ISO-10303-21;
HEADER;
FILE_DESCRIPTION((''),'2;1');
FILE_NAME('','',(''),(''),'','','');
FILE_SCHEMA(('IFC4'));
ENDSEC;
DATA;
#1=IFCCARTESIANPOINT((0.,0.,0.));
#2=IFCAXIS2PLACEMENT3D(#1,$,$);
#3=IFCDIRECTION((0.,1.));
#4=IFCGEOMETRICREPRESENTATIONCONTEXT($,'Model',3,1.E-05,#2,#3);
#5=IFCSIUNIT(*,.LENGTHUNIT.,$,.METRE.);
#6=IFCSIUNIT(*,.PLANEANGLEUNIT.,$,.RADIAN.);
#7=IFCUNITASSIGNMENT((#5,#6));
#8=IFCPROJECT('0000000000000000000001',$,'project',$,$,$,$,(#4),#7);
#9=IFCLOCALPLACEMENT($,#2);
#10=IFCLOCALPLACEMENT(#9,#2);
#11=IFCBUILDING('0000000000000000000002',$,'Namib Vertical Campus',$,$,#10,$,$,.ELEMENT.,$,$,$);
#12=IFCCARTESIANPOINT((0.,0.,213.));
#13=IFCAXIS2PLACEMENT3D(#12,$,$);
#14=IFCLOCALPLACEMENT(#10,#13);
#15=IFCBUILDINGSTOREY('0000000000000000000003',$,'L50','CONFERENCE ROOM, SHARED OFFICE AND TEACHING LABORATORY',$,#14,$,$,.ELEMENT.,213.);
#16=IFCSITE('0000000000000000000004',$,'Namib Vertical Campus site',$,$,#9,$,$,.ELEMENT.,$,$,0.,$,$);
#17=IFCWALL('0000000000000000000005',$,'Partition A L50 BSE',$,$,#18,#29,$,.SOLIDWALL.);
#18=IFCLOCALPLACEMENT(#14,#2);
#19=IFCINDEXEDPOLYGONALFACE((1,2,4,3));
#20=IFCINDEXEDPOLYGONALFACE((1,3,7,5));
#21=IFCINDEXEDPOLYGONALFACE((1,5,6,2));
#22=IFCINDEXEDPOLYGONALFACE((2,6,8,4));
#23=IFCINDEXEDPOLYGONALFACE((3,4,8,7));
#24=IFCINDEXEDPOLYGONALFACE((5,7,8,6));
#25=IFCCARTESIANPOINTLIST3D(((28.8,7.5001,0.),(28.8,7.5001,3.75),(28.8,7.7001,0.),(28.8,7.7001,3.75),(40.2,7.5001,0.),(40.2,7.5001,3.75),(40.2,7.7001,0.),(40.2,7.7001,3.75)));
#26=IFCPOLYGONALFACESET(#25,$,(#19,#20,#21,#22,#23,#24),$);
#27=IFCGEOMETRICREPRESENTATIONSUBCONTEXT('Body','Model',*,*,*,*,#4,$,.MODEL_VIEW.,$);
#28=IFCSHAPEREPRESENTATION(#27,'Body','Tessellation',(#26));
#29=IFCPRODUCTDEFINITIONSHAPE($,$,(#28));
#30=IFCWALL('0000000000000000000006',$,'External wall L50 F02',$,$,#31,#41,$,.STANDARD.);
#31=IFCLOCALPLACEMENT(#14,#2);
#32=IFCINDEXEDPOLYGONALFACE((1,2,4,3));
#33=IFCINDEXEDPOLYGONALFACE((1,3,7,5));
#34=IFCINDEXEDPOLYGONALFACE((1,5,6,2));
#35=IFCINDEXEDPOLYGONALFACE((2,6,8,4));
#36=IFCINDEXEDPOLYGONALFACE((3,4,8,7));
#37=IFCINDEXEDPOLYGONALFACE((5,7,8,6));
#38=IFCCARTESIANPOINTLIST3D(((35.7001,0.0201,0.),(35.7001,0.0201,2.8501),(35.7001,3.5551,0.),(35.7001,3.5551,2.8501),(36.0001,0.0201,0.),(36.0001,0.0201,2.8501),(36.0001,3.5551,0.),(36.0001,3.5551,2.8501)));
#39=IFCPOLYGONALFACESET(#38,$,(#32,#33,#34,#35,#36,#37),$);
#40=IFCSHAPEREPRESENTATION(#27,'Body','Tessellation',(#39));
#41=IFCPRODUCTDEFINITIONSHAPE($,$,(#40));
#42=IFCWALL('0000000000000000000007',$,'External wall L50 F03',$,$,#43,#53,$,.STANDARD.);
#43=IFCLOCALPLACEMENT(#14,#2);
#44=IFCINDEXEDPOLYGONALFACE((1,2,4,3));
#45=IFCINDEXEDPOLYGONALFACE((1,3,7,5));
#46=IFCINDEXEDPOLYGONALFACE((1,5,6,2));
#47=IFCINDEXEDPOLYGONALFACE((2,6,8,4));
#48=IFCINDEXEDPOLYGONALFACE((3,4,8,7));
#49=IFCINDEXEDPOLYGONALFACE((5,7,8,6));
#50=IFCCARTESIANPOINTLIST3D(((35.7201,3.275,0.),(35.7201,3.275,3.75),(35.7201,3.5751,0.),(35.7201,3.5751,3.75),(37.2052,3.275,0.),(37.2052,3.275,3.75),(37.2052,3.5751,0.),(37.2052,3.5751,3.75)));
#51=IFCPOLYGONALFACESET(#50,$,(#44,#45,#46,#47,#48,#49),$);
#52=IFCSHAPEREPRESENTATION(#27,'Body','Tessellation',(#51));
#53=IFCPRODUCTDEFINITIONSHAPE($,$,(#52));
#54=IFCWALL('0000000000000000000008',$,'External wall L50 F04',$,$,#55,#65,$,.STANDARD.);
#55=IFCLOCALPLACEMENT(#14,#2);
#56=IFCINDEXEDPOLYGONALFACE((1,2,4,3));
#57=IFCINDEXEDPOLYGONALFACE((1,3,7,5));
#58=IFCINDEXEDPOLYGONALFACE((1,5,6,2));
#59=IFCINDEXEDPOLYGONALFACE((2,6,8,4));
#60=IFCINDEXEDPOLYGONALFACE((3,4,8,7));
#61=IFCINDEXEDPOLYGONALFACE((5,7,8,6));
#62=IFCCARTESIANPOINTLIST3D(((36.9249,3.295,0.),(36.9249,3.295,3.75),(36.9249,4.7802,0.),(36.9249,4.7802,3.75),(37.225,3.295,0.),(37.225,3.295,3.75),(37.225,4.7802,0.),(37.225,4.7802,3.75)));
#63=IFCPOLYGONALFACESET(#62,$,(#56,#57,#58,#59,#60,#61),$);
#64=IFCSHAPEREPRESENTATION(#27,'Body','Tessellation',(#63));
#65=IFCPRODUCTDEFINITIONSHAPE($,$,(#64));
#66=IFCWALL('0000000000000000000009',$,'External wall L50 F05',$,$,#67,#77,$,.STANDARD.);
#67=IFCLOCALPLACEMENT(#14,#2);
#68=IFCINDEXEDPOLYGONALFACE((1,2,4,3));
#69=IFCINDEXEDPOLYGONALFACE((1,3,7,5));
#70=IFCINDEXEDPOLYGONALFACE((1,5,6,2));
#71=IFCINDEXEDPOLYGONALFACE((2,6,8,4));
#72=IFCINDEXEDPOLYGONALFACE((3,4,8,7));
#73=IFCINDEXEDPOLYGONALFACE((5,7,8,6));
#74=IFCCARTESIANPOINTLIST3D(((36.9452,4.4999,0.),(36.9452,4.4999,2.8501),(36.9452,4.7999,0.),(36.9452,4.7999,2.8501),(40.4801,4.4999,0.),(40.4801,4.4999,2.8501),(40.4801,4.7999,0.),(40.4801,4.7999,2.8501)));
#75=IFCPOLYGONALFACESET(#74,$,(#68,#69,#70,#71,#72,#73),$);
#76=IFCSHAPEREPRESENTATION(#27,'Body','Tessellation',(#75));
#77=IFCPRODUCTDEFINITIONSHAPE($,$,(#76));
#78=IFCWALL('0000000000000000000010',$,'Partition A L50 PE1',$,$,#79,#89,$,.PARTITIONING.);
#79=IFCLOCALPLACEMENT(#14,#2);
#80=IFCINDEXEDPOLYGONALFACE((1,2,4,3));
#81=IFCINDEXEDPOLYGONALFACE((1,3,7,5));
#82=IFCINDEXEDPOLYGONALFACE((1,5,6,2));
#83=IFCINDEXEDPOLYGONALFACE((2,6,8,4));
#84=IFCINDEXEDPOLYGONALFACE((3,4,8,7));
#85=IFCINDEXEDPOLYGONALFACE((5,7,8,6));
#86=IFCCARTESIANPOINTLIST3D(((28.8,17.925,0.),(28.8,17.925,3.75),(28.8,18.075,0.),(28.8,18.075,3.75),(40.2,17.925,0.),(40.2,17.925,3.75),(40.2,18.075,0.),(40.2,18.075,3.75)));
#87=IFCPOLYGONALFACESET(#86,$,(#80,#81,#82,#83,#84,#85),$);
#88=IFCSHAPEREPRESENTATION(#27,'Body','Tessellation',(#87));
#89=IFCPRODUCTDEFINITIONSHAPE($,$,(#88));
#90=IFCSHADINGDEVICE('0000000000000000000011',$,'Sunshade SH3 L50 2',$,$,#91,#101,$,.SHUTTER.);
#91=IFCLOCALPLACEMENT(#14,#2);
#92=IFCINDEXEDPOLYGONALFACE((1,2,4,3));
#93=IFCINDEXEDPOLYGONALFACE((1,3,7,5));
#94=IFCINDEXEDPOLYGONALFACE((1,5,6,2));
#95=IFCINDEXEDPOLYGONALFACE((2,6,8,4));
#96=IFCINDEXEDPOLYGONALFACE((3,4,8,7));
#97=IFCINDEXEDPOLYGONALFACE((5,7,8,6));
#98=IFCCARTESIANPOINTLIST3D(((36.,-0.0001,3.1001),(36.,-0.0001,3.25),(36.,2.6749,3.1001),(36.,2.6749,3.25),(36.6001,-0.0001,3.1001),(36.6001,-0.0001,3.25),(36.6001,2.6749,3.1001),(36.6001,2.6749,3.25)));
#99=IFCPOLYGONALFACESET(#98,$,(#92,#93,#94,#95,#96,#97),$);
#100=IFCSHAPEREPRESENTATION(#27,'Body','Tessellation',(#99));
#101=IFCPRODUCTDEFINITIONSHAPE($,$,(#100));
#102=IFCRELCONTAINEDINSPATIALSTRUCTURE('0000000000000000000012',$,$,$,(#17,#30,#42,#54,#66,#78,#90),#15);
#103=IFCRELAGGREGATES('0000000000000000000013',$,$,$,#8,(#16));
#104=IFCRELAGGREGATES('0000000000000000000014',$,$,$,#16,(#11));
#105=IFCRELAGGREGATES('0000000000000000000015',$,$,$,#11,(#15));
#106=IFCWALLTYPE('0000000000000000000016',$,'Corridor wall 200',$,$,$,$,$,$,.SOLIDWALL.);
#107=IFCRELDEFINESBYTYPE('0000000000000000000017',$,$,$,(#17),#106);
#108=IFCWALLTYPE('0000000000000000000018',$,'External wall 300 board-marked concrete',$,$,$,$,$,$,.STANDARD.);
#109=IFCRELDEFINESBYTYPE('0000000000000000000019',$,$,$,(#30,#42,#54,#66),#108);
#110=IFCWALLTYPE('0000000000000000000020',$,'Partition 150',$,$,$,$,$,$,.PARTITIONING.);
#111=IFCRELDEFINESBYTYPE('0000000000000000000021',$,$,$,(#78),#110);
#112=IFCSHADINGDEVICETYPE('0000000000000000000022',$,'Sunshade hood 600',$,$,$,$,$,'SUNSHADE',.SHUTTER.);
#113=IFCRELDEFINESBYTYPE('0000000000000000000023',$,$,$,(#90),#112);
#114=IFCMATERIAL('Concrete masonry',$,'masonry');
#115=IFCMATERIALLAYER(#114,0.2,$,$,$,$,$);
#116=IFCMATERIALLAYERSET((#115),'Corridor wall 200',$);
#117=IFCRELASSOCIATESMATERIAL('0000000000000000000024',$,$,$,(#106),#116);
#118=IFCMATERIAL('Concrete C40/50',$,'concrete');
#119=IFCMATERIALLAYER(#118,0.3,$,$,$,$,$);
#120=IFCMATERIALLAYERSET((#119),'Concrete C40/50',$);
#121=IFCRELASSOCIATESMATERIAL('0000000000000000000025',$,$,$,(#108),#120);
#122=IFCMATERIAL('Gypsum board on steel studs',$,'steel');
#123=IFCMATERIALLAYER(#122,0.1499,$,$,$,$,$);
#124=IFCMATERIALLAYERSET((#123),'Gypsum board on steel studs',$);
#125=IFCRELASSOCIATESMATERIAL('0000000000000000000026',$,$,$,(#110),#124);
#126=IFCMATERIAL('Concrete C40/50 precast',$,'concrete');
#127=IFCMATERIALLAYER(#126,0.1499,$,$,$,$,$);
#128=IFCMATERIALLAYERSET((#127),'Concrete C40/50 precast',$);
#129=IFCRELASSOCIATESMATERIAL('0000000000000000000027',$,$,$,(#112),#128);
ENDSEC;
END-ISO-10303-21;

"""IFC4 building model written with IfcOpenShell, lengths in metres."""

from ifc_helpers import new_model, si_unit, direction, frame, frame_2d, origin, origin_2d, place, context, subcontext, project, spatial, rectangle, extrude, material, layer, layer_set, type_object, element, save


model = new_model("IFC4")

# Units and contexts
model_context = context("Model", 3, precision=1e-05, world=origin(), true_north=direction((0.0, 1.0)))
body_context = subcontext(model_context, "Body", "Model", "MODEL_VIEW")
ifc_project = project(units=[si_unit("LENGTHUNIT", "METRE"), si_unit("PLANEANGLEUNIT", "RADIAN")], contexts=[model_context])

# Site, building, storey
site_placement = place(None, origin())
site = spatial("IfcSite", under=ifc_project, at=site_placement, Name="Namib Vertical Campus site", CompositionType="ELEMENT", RefElevation=0.0)
building_placement = place(site_placement, origin())
building = spatial("IfcBuilding", under=site, at=building_placement, Name="Namib Vertical Campus", CompositionType="ELEMENT")
storey_placement = place(building_placement, frame((0.0, 0.0, 213.0)))
storey = spatial("IfcBuildingStorey", under=building, at=storey_placement, Name="L50", Description="CONFERENCE ROOM, SHARED OFFICE AND TEACHING LABORATORY", CompositionType="ELEMENT", Elevation=213.0)

# Shared definitions
ifc_material_1 = material(Name="Concrete masonry", Category="masonry")
ifc_layer_1 = layer(ifc_material_1, 0.2)
ifc_layer_set_1 = layer_set([ifc_layer_1], Name="Corridor wall 200")
wall_type_1 = type_object("IfcWallType", Name="Corridor wall 200", PredefinedType="SOLIDWALL", material=ifc_layer_set_1)

# Walls
wall_1_placement = place(storey_placement, frame((28.8, 7.6001, 0.0), z_axis=(0.0, 0.0, 1.0), x_axis=(1.0, 0.0, 0.0)))
element("IfcWall", 1, at=wall_1_placement, inside=storey, type_object=wall_type_1, Name="Partition A L50 BSE", PredefinedType="SOLIDWALL", context=body_context, shape_type="SweptSolid", body=[
    extrude(rectangle(XDim=11.3999, YDim=0.2, at=frame_2d((5.7, 0.0))), origin(), (0.0, 0.0, 1.0), 3.75),
])
ifc_material_2 = material(Name="Concrete C40/50", Category="concrete")
ifc_layer_2 = layer(ifc_material_2, 0.3)
ifc_layer_set_2 = layer_set([ifc_layer_2], Name="Concrete C40/50")
wall_type_2 = type_object("IfcWallType", Name="External wall 300 board-marked concrete", PredefinedType="STANDARD", material=ifc_layer_set_2)
wall_2_placement = place(storey_placement, frame((35.8501, 0.02, 0.0), z_axis=(0.0, 0.0, 1.0), x_axis=(0.0, 1.0, 0.0)))
element("IfcWall", 2, at=wall_2_placement, inside=storey, type_object=wall_type_2, Name="External wall L50 F02", PredefinedType="STANDARD", context=body_context, shape_type="SweptSolid", body=[
    extrude(rectangle(XDim=3.5349, YDim=0.3, at=frame_2d((1.7676, 0.0))), origin(), (0.0, 0.0, 1.0), 2.8501),
])
for number, where, z_axis, x_axis, name in (
    (3, (35.72, 3.425, 0.0), (0.0, 0.0, 1.0), (1.0, 0.0, 0.0), "External wall L50 F03"),
    (4, (37.075, 3.2949, 0.0), (0.0, 0.0, 1.0), (0.0, 1.0, 0.0), "External wall L50 F04"),
):
    element("IfcWall", number, at=place(storey_placement, frame(where, z_axis=z_axis, x_axis=x_axis)), inside=storey, type_object=wall_type_2, Name=name, PredefinedType="STANDARD", context=body_context, shape_type="SweptSolid", body=[
        extrude(rectangle(XDim=1.4851, YDim=0.3, at=frame_2d((0.7427, 0.0))), origin(), (0.0, 0.0, 1.0), 3.75),
    ])
wall_3_placement = place(storey_placement, frame((36.9451, 4.6499, 0.0), z_axis=(0.0, 0.0, 1.0), x_axis=(1.0, 0.0, 0.0)))
element("IfcWall", 5, at=wall_3_placement, inside=storey, type_object=wall_type_2, Name="External wall L50 F05", PredefinedType="STANDARD", context=body_context, shape_type="SweptSolid", body=[
    extrude(rectangle(XDim=3.5349, YDim=0.3, at=frame_2d((1.7676, 0.0))), origin(), (0.0, 0.0, 1.0), 2.8501),
])
ifc_material_3 = material(Name="Gypsum board on steel studs", Category="steel")
ifc_layer_3 = layer(ifc_material_3, 0.1499)
ifc_layer_set_3 = layer_set([ifc_layer_3], Name="Gypsum board on steel studs")
wall_type_3 = type_object("IfcWallType", Name="Partition 150", PredefinedType="PARTITIONING", material=ifc_layer_set_3)
wall_4_placement = place(storey_placement, frame((28.8, 18.0, 0.0), z_axis=(0.0, 0.0, 1.0), x_axis=(1.0, 0.0, 0.0)))
element("IfcWall", 6, at=wall_4_placement, inside=storey, type_object=wall_type_3, Name="Partition A L50 PE1", PredefinedType="PARTITIONING", context=body_context, shape_type="SweptSolid", body=[
    extrude(rectangle(XDim=11.3999, YDim=0.1499, at=frame_2d((5.7, 0.0))), origin(), (0.0, 0.0, 1.0), 3.75),
])

# Shading device
ifc_material_4 = material(Name="Concrete C40/50 precast", Category="concrete")
ifc_layer_4 = layer(ifc_material_4, 0.1499)
ifc_layer_set_4 = layer_set([ifc_layer_4], Name="Concrete C40/50 precast")
shading_device_type = type_object("IfcShadingDeviceType", Name="Sunshade hood 600", ElementType="SUNSHADE", PredefinedType="SHUTTER", material=ifc_layer_set_4)
shading_device_placement = place(storey_placement, frame((36.3, 1.3374, 3.1001), z_axis=(0.0, 0.0, 1.0), x_axis=(0.0, 1.0, 0.0)))
element("IfcShadingDevice", 7, at=shading_device_placement, inside=storey, type_object=shading_device_type, Name="Sunshade SH3 L50 2", PredefinedType="SHUTTER", context=body_context, shape_type="SweptSolid", body=[
    extrude(rectangle(XDim=2.675, YDim=0.6001, at=origin_2d()), origin(), (0.0, 0.0, 1.0), 0.1499),
])

save(model, "model.ifc")
